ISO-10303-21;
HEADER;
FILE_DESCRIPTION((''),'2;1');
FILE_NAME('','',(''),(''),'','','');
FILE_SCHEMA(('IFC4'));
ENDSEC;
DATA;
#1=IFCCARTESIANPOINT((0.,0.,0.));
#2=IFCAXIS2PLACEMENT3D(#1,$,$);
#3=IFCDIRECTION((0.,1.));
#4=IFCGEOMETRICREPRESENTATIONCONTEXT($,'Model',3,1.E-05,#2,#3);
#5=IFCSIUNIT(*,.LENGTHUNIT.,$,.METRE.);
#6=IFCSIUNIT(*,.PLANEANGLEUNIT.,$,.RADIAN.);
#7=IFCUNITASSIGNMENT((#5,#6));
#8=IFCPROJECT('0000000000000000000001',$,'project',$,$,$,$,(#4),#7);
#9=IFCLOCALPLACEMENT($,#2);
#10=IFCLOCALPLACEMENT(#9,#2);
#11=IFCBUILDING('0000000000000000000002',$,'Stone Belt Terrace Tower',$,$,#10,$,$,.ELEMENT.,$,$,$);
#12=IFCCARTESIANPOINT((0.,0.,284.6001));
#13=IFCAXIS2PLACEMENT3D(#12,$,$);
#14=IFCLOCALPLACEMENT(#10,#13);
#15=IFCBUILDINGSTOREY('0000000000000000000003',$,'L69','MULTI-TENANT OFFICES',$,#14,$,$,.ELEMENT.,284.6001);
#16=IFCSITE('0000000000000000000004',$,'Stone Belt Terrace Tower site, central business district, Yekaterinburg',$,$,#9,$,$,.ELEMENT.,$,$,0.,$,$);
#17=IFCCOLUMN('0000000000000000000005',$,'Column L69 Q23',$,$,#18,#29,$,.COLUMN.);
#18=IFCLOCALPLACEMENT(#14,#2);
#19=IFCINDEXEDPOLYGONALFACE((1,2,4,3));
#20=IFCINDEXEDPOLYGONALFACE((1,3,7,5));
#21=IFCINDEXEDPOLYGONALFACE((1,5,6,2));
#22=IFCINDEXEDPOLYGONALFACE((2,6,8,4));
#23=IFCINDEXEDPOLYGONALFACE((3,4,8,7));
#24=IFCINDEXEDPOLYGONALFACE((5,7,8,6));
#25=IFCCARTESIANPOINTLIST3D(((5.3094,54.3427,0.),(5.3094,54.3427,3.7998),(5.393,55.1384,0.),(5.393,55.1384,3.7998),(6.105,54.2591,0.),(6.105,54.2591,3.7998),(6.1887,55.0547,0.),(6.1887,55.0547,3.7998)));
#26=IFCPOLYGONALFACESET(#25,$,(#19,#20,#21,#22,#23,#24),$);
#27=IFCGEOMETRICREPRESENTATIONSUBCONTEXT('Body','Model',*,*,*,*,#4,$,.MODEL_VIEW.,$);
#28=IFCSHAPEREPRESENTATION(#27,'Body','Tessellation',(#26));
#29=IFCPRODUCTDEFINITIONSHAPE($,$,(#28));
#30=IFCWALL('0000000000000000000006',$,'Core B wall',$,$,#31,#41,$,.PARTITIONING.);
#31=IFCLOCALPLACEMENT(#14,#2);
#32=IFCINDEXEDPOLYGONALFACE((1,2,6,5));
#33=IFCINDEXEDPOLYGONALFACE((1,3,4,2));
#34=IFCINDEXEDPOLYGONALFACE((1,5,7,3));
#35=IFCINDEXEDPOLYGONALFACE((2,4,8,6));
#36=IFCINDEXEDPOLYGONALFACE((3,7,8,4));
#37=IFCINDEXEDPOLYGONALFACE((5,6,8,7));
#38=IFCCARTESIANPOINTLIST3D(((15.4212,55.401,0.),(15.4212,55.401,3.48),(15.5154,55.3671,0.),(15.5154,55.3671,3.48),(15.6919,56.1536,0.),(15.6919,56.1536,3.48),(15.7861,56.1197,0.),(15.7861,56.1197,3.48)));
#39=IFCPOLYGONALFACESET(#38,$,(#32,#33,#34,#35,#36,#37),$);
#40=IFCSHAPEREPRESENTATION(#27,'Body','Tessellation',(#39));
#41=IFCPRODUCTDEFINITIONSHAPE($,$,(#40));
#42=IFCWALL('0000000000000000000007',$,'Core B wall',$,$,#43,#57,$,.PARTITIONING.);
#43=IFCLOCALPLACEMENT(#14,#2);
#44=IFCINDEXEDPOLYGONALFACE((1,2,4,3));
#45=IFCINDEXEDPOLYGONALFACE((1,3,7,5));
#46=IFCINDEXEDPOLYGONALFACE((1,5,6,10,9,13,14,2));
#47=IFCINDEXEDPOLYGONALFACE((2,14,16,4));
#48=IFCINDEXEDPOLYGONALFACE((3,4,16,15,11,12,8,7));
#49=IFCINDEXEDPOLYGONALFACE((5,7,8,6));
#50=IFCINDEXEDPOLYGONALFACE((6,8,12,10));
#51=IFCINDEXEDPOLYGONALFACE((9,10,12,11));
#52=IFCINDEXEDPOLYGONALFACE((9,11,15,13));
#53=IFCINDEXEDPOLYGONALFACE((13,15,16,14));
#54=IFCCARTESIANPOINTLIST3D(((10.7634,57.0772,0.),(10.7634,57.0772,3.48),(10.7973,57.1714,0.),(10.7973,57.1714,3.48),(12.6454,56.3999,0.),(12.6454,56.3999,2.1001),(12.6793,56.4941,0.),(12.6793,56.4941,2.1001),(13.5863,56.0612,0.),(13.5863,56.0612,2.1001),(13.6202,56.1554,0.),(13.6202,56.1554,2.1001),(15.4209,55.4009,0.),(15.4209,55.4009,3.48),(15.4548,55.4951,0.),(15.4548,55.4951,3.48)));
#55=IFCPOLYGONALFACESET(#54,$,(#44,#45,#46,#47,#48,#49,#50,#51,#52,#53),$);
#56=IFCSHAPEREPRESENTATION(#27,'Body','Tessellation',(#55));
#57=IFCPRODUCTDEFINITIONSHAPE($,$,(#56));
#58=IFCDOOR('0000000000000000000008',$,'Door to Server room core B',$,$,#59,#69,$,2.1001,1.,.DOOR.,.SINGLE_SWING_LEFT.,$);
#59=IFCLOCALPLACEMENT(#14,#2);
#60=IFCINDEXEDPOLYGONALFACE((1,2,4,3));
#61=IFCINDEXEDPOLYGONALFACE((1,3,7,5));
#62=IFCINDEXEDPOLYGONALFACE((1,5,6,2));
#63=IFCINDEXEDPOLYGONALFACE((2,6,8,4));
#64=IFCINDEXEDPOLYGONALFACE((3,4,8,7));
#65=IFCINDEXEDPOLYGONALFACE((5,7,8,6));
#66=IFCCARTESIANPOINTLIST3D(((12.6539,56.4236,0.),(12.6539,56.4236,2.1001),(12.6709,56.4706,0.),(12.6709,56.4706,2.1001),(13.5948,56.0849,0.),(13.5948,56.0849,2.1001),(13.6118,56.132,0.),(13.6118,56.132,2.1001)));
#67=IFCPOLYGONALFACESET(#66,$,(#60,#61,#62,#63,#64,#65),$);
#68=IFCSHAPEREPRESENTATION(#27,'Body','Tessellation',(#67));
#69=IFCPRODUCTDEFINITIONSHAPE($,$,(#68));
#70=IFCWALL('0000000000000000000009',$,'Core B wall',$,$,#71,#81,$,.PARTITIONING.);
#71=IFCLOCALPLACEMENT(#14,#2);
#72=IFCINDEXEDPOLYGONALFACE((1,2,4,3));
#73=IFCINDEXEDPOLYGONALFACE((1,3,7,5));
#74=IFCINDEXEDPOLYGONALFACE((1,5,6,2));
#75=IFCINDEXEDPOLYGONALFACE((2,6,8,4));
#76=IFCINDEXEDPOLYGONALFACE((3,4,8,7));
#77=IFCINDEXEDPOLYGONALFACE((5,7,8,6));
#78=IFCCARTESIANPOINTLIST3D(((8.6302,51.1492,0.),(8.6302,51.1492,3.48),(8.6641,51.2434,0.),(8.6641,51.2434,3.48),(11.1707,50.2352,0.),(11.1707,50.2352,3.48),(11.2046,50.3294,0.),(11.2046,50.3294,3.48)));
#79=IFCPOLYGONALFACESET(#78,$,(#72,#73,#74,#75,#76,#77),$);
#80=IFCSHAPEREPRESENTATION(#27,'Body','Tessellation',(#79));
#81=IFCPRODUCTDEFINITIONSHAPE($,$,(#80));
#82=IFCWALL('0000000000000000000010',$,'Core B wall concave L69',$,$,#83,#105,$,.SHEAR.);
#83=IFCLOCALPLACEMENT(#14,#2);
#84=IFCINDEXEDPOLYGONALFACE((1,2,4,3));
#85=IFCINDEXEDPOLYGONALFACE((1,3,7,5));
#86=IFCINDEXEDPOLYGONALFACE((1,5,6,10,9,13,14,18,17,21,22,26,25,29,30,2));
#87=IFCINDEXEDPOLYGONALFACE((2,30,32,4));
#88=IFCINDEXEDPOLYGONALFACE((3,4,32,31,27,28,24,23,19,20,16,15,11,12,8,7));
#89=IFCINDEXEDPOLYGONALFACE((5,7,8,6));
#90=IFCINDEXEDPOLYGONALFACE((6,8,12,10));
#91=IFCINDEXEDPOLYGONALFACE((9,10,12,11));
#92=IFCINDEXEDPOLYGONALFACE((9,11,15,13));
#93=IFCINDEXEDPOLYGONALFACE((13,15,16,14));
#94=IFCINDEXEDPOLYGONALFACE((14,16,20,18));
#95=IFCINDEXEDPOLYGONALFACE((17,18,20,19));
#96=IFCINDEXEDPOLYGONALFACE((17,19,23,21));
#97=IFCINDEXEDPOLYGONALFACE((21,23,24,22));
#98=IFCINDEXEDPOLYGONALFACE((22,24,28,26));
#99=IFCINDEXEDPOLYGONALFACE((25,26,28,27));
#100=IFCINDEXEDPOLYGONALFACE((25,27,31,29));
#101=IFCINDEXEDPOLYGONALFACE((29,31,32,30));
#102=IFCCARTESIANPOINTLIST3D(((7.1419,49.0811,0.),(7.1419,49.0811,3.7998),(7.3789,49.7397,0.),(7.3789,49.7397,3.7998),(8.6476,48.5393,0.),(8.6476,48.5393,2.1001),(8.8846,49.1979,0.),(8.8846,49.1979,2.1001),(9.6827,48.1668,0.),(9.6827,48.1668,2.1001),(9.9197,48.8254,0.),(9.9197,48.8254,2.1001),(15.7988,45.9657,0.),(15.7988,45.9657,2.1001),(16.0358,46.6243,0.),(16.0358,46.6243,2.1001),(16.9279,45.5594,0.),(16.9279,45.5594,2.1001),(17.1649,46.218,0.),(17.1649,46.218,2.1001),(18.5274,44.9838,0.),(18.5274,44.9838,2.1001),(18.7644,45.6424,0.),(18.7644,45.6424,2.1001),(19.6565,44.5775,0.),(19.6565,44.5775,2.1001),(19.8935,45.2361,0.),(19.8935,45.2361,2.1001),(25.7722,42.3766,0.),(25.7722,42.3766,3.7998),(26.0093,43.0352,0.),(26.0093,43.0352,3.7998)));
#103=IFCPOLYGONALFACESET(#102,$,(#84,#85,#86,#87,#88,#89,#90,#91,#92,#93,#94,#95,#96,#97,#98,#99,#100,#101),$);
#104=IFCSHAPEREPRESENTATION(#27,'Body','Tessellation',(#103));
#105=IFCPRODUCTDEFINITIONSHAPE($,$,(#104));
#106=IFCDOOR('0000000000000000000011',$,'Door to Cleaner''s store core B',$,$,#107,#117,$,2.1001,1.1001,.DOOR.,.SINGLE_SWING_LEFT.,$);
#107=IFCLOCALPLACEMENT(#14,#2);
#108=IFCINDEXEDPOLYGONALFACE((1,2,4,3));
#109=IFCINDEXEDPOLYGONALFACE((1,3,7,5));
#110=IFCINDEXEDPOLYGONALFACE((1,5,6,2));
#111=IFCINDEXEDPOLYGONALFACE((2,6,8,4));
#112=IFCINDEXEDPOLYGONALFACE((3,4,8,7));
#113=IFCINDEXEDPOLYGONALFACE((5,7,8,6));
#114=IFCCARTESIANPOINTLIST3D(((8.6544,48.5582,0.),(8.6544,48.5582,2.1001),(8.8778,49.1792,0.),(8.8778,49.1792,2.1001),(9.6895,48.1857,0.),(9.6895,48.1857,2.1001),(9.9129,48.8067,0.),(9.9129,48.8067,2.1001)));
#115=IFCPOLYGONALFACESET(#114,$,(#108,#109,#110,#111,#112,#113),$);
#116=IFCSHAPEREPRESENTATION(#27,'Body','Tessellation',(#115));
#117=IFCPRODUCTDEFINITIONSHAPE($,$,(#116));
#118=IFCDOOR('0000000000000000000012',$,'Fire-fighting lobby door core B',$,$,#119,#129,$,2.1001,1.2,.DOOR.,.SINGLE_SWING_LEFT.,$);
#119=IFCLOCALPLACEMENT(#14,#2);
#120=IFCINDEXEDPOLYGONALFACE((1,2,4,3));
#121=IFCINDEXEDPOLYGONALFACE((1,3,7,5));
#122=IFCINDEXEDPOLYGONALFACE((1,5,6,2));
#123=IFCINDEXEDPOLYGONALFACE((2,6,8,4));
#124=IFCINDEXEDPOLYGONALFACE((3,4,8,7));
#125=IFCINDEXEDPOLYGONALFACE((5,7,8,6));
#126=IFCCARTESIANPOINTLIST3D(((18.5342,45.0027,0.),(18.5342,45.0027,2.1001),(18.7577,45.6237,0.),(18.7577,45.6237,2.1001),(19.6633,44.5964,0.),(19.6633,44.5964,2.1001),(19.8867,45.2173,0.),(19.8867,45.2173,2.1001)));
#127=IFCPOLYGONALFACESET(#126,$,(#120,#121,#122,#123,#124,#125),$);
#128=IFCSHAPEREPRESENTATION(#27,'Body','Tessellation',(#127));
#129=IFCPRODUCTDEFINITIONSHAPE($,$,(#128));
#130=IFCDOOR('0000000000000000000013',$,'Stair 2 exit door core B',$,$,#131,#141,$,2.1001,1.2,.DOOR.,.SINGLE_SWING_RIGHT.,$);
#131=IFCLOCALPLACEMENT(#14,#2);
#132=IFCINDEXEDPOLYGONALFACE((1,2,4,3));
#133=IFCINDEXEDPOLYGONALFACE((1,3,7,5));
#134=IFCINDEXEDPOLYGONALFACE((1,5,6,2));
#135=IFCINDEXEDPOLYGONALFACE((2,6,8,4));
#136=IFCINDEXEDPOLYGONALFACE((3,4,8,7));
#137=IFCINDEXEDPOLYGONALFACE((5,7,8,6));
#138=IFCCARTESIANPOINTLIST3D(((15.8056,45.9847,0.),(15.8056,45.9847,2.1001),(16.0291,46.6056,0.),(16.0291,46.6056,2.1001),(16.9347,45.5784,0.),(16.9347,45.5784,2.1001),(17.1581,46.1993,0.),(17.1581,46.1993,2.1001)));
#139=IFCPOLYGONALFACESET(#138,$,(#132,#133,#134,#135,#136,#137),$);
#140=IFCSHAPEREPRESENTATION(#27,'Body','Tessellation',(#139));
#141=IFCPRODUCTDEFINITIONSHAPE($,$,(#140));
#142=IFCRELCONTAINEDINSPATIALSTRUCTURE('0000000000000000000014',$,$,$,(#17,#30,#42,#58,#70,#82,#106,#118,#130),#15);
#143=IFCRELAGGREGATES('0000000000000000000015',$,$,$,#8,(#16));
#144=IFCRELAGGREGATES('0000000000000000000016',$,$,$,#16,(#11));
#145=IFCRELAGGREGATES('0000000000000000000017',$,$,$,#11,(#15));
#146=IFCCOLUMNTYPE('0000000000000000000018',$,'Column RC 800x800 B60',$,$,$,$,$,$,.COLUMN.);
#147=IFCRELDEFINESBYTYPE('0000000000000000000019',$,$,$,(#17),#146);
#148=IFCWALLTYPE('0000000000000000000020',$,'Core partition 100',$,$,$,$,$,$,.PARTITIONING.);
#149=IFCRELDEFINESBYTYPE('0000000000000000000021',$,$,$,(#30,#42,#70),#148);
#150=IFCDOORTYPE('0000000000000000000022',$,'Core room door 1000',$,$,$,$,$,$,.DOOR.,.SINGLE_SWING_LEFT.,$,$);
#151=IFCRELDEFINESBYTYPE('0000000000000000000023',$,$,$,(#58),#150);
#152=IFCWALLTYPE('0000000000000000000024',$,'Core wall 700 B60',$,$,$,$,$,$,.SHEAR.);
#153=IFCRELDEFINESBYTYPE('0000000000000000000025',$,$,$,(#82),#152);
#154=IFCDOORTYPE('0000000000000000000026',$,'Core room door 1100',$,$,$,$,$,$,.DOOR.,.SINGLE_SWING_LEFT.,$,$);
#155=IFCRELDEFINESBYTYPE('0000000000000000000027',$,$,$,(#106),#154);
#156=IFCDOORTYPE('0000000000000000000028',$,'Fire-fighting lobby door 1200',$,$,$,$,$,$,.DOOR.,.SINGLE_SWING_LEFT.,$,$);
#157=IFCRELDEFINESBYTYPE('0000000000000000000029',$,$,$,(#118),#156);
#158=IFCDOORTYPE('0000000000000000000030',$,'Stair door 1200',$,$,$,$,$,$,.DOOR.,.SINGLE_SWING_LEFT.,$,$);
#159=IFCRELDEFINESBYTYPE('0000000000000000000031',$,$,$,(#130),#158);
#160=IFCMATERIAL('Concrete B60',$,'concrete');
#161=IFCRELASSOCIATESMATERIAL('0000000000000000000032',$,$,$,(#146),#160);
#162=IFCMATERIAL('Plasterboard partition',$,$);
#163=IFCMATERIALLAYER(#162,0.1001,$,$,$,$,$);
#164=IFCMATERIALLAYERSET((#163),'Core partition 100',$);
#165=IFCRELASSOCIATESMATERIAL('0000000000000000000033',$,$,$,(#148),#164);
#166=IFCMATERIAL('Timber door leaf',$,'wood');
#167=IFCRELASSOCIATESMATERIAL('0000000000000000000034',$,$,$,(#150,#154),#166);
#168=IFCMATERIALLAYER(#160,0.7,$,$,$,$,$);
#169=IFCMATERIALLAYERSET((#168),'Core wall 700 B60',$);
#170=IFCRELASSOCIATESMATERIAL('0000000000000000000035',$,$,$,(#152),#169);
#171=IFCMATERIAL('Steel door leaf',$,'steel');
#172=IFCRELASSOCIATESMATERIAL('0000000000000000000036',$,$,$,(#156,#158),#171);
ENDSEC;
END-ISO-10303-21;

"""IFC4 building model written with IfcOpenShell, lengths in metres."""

from ifc_helpers import new_model, si_unit, direction, frame, frame_2d, origin, origin_2d, place, context, subcontext, project, spatial, rectangle, extrude, material, layer, layer_set, material_profile, profile_set, type_object, element, fill, save


model = new_model("IFC4")

# Units and contexts
model_context = context("Model", 3, precision=1e-05, world=origin(), true_north=direction((0.0, 1.0)))
body_context = subcontext(model_context, "Body", "Model", "MODEL_VIEW")
ifc_project = project(units=[si_unit("LENGTHUNIT", "METRE"), si_unit("PLANEANGLEUNIT", "RADIAN")], contexts=[model_context])

# Site, building, storey
site_placement = place(None, origin())
site = spatial("IfcSite", under=ifc_project, at=site_placement, Name="Stone Belt Terrace Tower site, central business district, Yekaterinburg", CompositionType="ELEMENT", RefElevation=0.0)
building_placement = place(site_placement, origin())
building = spatial("IfcBuilding", under=site, at=building_placement, Name="Stone Belt Terrace Tower", CompositionType="ELEMENT")
storey_placement = place(building_placement, frame((0.0, 0.0, 284.6001)))
storey = spatial("IfcBuildingStorey", under=building, at=storey_placement, Name="L69", Description="MULTI-TENANT OFFICES", CompositionType="ELEMENT", Elevation=284.6001)

# Column
ifc_material_1 = material(Name="Concrete B60", Category="concrete")
ifc_material_profile = material_profile(ifc_material_1, rectangle(XDim=0.8, YDim=0.8, at=origin_2d()), Name="RC 800x800")
ifc_profile_set = profile_set([ifc_material_profile], Name="Concrete B60")
column_type = type_object("IfcColumnType", Name="Column RC 800x800 B60", PredefinedType="COLUMN", material=ifc_profile_set)
column_placement = place(storey_placement, frame((5.749, 54.6987, 0.0), z_axis=(0.0, 0.0, 1.0), x_axis=(0.994522, -0.104528, 0.0)))
element("IfcColumn", 1, at=column_placement, inside=storey, type_object=column_type, Name="Column L69 Q23", PredefinedType="COLUMN", context=body_context, shape_type="SweptSolid", body=[
    extrude(rectangle(XDim=0.8, YDim=0.8, at=origin_2d()), origin(), (0.0, 0.0, 1.0), 3.7998),
])

# Wall
ifc_material_2 = material(Name="Plasterboard partition")
ifc_layer_1 = layer(ifc_material_2, 0.1001)
ifc_layer_set_1 = layer_set([ifc_layer_1], Name="Core partition 100")
wall_type_1 = type_object("IfcWallType", Name="Core partition 100", PredefinedType="PARTITIONING", material=ifc_layer_set_1)
wall_1_placement = place(storey_placement, frame((15.4683, 55.384, 0.0), z_axis=(0.0, 0.0, 1.0), x_axis=(0.338482, 0.940973, 0.0)))
element("IfcWall", 2, at=wall_1_placement, inside=storey, type_object=wall_type_1, Name="Core B wall", PredefinedType="PARTITIONING", context=body_context, shape_type="SweptSolid", body=[
    extrude(rectangle(XDim=0.7998, YDim=0.1001, at=frame_2d((0.3999, 0.0))), origin(), (0.0, 0.0, 1.0), 3.48),
])

# Wall, opening, door
wall_2_placement = place(storey_placement, frame((15.438, 55.448, 0.0), z_axis=(0.0, 0.0, 1.0), x_axis=(-0.940914, 0.338644, 0.0)))
wall_2 = element("IfcWall", 3, at=wall_2_placement, inside=storey, type_object=wall_type_1, Name="Core B wall", PredefinedType="PARTITIONING", context=body_context, shape_type="SweptSolid", body=[
    extrude(rectangle(XDim=4.95, YDim=0.1001, at=frame_2d((2.4751, 0.0))), origin(), (0.0, 0.0, 1.0), 3.48),
])
opening_1_placement = place(wall_2_placement, frame((1.95, 0.0, 0.0)))
opening_1 = element("IfcOpeningElement", 4, at=opening_1_placement, cuts=wall_2, PredefinedType="OPENING", context=body_context, shape_type="SweptSolid", body=[
    extrude(rectangle(XDim=1.0, YDim=2.1001, at=frame_2d((0.5, 1.05))), frame((0.0, 0.0601, 0.0), z_axis=(0.0, -1.0, 0.0), x_axis=(1.0, 0.0, 0.0)), (0.0, 0.0, 1.0), 0.1201),
])
ifc_material_3 = material(Name="Timber door leaf", Category="wood")
door_type_1 = type_object("IfcDoorType", Name="Core room door 1000", OperationType="SINGLE_SWING_LEFT", PredefinedType="DOOR", material=ifc_material_3)
door_1_placement = place(opening_1_placement, origin())
door_1 = element("IfcDoor", 5, at=door_1_placement, inside=storey, type_object=door_type_1, Name="Door to Server room core B", OperationType="SINGLE_SWING_LEFT", OverallHeight=2.1001, OverallWidth=1.0, PredefinedType="DOOR", context=body_context, shape_type="SweptSolid", body=[
    extrude(rectangle(XDim=1.0, YDim=2.1001, at=frame_2d((0.5, 1.05))), frame((0.0, 0.0249, 0.0), z_axis=(0.0, -1.0, 0.0), x_axis=(1.0, 0.0, 0.0)), (0.0, 0.0, 1.0), 0.05),
])
fill(opening_1, door_1)

# Wall
wall_3_placement = place(storey_placement, frame((11.1877, 50.2822, 0.0), z_axis=(0.0, 0.0, 1.0), x_axis=(-0.94095, 0.338547, 0.0)))
element("IfcWall", 6, at=wall_3_placement, inside=storey, type_object=wall_type_1, Name="Core B wall", PredefinedType="PARTITIONING", context=body_context, shape_type="SweptSolid", body=[
    extrude(rectangle(XDim=2.7, YDim=0.1001, at=frame_2d((1.3501, 0.0))), origin(), (0.0, 0.0, 1.0), 3.48),
])

# Wall, openings, doors
ifc_layer_2 = layer(ifc_material_1, 0.7)
ifc_layer_set_2 = layer_set([ifc_layer_2], Name="Core wall 700 B60")
wall_type_2 = type_object("IfcWallType", Name="Core wall 700 B60", PredefinedType="SHEAR", material=ifc_layer_set_2)
wall_4_placement = place(storey_placement, frame((7.2605, 49.4104, 0.0), z_axis=(0.0, 0.0, 1.0), x_axis=(0.940925, -0.338615, 0.0)))
wall_4 = element("IfcWall", 7, at=wall_4_placement, inside=storey, type_object=wall_type_2, Name="Core B wall concave L69", PredefinedType="SHEAR", context=body_context, shape_type="SweptSolid", body=[
    extrude(rectangle(XDim=19.8, YDim=0.7, at=frame_2d((9.8999, 0.0))), origin(), (0.0, 0.0, 1.0), 3.7998),
])
opening_2_placement = place(wall_4_placement, frame((12.1001, 0.0, 0.0)))
opening_2 = element("IfcOpeningElement", 8, at=opening_2_placement, cuts=wall_4, PredefinedType="OPENING", context=body_context, shape_type="SweptSolid", body=[
    extrude(rectangle(XDim=1.2, YDim=2.1001, at=frame_2d((0.6001, 1.05))), frame((0.0, 0.3599, 0.0), z_axis=(0.0, -1.0, 0.0), x_axis=(1.0, 0.0, 0.0)), (0.0, 0.0, 1.0), 0.72),
])
opening_3_placement = place(wall_4_placement, frame((9.2002, 0.0, 0.0)))
opening_3 = element("IfcOpeningElement", 9, at=opening_3_placement, cuts=wall_4, PredefinedType="OPENING", context=body_context, shape_type="SweptSolid", body=[
    extrude(rectangle(XDim=1.2, YDim=2.1001, at=frame_2d((0.6001, 1.05))), frame((0.0, 0.3599, 0.0), z_axis=(0.0, -1.0, 0.0), x_axis=(1.0, 0.0, 0.0)), (0.0, 0.0, 1.0), 0.72),
])
opening_4_placement = place(wall_4_placement, frame((1.6001, 0.0, 0.0)))
opening_4 = element("IfcOpeningElement", 10, at=opening_4_placement, cuts=wall_4, PredefinedType="OPENING", context=body_context, shape_type="SweptSolid", body=[
    extrude(rectangle(XDim=1.1001, YDim=2.1001, at=frame_2d((0.55, 1.05))), frame((0.0, 0.3599, 0.0), z_axis=(0.0, -1.0, 0.0), x_axis=(1.0, 0.0, 0.0)), (0.0, 0.0, 1.0), 0.72),
])
door_type_2 = type_object("IfcDoorType", Name="Core room door 1100", OperationType="SINGLE_SWING_LEFT", PredefinedType="DOOR", material=ifc_material_3)
door_2_placement = place(opening_4_placement, origin())
door_2 = element("IfcDoor", 11, at=door_2_placement, inside=storey, type_object=door_type_2, Name="Door to Cleaner's store core B", OperationType="SINGLE_SWING_LEFT", OverallHeight=2.1001, OverallWidth=1.1001, PredefinedType="DOOR", context=body_context, shape_type="SweptSolid", body=[
    extrude(rectangle(XDim=1.1001, YDim=2.1001, at=frame_2d((0.55, 1.05))), frame((0.0, 0.3301, 0.0), z_axis=(0.0, -1.0, 0.0), x_axis=(1.0, 0.0, 0.0)), (0.0, 0.0, 1.0), 0.6599),
])
fill(opening_4, door_2)
ifc_material_4 = material(Name="Steel door leaf", Category="steel")
door_type_3 = type_object("IfcDoorType", Name="Fire-fighting lobby door 1200", OperationType="SINGLE_SWING_LEFT", PredefinedType="DOOR", material=ifc_material_4)
door_3_placement = place(opening_2_placement, origin())
door_3 = element("IfcDoor", 12, at=door_3_placement, inside=storey, type_object=door_type_3, Name="Fire-fighting lobby door core B", OperationType="SINGLE_SWING_LEFT", OverallHeight=2.1001, OverallWidth=1.2, PredefinedType="DOOR", context=body_context, shape_type="SweptSolid", body=[
    extrude(rectangle(XDim=1.2, YDim=2.1001, at=frame_2d((0.6001, 1.05))), frame((0.0, 0.3301, 0.0), z_axis=(0.0, -1.0, 0.0), x_axis=(1.0, 0.0, 0.0)), (0.0, 0.0, 1.0), 0.6599),
])
fill(opening_2, door_3)
door_type_4 = type_object("IfcDoorType", Name="Stair door 1200", OperationType="SINGLE_SWING_LEFT", PredefinedType="DOOR", material=ifc_material_4)
door_4_placement = place(opening_3_placement, origin())
door_4 = element("IfcDoor", 13, at=door_4_placement, inside=storey, type_object=door_type_4, Name="Stair 2 exit door core B", OperationType="SINGLE_SWING_RIGHT", OverallHeight=2.1001, OverallWidth=1.2, PredefinedType="DOOR", context=body_context, shape_type="SweptSolid", body=[
    extrude(rectangle(XDim=1.2, YDim=2.1001, at=frame_2d((0.6001, 1.05))), frame((0.0, 0.3301, 0.0), z_axis=(0.0, -1.0, 0.0), x_axis=(1.0, 0.0, 0.0)), (0.0, 0.0, 1.0), 0.6599),
])
fill(opening_3, door_4)

save(model, "model.ifc")
